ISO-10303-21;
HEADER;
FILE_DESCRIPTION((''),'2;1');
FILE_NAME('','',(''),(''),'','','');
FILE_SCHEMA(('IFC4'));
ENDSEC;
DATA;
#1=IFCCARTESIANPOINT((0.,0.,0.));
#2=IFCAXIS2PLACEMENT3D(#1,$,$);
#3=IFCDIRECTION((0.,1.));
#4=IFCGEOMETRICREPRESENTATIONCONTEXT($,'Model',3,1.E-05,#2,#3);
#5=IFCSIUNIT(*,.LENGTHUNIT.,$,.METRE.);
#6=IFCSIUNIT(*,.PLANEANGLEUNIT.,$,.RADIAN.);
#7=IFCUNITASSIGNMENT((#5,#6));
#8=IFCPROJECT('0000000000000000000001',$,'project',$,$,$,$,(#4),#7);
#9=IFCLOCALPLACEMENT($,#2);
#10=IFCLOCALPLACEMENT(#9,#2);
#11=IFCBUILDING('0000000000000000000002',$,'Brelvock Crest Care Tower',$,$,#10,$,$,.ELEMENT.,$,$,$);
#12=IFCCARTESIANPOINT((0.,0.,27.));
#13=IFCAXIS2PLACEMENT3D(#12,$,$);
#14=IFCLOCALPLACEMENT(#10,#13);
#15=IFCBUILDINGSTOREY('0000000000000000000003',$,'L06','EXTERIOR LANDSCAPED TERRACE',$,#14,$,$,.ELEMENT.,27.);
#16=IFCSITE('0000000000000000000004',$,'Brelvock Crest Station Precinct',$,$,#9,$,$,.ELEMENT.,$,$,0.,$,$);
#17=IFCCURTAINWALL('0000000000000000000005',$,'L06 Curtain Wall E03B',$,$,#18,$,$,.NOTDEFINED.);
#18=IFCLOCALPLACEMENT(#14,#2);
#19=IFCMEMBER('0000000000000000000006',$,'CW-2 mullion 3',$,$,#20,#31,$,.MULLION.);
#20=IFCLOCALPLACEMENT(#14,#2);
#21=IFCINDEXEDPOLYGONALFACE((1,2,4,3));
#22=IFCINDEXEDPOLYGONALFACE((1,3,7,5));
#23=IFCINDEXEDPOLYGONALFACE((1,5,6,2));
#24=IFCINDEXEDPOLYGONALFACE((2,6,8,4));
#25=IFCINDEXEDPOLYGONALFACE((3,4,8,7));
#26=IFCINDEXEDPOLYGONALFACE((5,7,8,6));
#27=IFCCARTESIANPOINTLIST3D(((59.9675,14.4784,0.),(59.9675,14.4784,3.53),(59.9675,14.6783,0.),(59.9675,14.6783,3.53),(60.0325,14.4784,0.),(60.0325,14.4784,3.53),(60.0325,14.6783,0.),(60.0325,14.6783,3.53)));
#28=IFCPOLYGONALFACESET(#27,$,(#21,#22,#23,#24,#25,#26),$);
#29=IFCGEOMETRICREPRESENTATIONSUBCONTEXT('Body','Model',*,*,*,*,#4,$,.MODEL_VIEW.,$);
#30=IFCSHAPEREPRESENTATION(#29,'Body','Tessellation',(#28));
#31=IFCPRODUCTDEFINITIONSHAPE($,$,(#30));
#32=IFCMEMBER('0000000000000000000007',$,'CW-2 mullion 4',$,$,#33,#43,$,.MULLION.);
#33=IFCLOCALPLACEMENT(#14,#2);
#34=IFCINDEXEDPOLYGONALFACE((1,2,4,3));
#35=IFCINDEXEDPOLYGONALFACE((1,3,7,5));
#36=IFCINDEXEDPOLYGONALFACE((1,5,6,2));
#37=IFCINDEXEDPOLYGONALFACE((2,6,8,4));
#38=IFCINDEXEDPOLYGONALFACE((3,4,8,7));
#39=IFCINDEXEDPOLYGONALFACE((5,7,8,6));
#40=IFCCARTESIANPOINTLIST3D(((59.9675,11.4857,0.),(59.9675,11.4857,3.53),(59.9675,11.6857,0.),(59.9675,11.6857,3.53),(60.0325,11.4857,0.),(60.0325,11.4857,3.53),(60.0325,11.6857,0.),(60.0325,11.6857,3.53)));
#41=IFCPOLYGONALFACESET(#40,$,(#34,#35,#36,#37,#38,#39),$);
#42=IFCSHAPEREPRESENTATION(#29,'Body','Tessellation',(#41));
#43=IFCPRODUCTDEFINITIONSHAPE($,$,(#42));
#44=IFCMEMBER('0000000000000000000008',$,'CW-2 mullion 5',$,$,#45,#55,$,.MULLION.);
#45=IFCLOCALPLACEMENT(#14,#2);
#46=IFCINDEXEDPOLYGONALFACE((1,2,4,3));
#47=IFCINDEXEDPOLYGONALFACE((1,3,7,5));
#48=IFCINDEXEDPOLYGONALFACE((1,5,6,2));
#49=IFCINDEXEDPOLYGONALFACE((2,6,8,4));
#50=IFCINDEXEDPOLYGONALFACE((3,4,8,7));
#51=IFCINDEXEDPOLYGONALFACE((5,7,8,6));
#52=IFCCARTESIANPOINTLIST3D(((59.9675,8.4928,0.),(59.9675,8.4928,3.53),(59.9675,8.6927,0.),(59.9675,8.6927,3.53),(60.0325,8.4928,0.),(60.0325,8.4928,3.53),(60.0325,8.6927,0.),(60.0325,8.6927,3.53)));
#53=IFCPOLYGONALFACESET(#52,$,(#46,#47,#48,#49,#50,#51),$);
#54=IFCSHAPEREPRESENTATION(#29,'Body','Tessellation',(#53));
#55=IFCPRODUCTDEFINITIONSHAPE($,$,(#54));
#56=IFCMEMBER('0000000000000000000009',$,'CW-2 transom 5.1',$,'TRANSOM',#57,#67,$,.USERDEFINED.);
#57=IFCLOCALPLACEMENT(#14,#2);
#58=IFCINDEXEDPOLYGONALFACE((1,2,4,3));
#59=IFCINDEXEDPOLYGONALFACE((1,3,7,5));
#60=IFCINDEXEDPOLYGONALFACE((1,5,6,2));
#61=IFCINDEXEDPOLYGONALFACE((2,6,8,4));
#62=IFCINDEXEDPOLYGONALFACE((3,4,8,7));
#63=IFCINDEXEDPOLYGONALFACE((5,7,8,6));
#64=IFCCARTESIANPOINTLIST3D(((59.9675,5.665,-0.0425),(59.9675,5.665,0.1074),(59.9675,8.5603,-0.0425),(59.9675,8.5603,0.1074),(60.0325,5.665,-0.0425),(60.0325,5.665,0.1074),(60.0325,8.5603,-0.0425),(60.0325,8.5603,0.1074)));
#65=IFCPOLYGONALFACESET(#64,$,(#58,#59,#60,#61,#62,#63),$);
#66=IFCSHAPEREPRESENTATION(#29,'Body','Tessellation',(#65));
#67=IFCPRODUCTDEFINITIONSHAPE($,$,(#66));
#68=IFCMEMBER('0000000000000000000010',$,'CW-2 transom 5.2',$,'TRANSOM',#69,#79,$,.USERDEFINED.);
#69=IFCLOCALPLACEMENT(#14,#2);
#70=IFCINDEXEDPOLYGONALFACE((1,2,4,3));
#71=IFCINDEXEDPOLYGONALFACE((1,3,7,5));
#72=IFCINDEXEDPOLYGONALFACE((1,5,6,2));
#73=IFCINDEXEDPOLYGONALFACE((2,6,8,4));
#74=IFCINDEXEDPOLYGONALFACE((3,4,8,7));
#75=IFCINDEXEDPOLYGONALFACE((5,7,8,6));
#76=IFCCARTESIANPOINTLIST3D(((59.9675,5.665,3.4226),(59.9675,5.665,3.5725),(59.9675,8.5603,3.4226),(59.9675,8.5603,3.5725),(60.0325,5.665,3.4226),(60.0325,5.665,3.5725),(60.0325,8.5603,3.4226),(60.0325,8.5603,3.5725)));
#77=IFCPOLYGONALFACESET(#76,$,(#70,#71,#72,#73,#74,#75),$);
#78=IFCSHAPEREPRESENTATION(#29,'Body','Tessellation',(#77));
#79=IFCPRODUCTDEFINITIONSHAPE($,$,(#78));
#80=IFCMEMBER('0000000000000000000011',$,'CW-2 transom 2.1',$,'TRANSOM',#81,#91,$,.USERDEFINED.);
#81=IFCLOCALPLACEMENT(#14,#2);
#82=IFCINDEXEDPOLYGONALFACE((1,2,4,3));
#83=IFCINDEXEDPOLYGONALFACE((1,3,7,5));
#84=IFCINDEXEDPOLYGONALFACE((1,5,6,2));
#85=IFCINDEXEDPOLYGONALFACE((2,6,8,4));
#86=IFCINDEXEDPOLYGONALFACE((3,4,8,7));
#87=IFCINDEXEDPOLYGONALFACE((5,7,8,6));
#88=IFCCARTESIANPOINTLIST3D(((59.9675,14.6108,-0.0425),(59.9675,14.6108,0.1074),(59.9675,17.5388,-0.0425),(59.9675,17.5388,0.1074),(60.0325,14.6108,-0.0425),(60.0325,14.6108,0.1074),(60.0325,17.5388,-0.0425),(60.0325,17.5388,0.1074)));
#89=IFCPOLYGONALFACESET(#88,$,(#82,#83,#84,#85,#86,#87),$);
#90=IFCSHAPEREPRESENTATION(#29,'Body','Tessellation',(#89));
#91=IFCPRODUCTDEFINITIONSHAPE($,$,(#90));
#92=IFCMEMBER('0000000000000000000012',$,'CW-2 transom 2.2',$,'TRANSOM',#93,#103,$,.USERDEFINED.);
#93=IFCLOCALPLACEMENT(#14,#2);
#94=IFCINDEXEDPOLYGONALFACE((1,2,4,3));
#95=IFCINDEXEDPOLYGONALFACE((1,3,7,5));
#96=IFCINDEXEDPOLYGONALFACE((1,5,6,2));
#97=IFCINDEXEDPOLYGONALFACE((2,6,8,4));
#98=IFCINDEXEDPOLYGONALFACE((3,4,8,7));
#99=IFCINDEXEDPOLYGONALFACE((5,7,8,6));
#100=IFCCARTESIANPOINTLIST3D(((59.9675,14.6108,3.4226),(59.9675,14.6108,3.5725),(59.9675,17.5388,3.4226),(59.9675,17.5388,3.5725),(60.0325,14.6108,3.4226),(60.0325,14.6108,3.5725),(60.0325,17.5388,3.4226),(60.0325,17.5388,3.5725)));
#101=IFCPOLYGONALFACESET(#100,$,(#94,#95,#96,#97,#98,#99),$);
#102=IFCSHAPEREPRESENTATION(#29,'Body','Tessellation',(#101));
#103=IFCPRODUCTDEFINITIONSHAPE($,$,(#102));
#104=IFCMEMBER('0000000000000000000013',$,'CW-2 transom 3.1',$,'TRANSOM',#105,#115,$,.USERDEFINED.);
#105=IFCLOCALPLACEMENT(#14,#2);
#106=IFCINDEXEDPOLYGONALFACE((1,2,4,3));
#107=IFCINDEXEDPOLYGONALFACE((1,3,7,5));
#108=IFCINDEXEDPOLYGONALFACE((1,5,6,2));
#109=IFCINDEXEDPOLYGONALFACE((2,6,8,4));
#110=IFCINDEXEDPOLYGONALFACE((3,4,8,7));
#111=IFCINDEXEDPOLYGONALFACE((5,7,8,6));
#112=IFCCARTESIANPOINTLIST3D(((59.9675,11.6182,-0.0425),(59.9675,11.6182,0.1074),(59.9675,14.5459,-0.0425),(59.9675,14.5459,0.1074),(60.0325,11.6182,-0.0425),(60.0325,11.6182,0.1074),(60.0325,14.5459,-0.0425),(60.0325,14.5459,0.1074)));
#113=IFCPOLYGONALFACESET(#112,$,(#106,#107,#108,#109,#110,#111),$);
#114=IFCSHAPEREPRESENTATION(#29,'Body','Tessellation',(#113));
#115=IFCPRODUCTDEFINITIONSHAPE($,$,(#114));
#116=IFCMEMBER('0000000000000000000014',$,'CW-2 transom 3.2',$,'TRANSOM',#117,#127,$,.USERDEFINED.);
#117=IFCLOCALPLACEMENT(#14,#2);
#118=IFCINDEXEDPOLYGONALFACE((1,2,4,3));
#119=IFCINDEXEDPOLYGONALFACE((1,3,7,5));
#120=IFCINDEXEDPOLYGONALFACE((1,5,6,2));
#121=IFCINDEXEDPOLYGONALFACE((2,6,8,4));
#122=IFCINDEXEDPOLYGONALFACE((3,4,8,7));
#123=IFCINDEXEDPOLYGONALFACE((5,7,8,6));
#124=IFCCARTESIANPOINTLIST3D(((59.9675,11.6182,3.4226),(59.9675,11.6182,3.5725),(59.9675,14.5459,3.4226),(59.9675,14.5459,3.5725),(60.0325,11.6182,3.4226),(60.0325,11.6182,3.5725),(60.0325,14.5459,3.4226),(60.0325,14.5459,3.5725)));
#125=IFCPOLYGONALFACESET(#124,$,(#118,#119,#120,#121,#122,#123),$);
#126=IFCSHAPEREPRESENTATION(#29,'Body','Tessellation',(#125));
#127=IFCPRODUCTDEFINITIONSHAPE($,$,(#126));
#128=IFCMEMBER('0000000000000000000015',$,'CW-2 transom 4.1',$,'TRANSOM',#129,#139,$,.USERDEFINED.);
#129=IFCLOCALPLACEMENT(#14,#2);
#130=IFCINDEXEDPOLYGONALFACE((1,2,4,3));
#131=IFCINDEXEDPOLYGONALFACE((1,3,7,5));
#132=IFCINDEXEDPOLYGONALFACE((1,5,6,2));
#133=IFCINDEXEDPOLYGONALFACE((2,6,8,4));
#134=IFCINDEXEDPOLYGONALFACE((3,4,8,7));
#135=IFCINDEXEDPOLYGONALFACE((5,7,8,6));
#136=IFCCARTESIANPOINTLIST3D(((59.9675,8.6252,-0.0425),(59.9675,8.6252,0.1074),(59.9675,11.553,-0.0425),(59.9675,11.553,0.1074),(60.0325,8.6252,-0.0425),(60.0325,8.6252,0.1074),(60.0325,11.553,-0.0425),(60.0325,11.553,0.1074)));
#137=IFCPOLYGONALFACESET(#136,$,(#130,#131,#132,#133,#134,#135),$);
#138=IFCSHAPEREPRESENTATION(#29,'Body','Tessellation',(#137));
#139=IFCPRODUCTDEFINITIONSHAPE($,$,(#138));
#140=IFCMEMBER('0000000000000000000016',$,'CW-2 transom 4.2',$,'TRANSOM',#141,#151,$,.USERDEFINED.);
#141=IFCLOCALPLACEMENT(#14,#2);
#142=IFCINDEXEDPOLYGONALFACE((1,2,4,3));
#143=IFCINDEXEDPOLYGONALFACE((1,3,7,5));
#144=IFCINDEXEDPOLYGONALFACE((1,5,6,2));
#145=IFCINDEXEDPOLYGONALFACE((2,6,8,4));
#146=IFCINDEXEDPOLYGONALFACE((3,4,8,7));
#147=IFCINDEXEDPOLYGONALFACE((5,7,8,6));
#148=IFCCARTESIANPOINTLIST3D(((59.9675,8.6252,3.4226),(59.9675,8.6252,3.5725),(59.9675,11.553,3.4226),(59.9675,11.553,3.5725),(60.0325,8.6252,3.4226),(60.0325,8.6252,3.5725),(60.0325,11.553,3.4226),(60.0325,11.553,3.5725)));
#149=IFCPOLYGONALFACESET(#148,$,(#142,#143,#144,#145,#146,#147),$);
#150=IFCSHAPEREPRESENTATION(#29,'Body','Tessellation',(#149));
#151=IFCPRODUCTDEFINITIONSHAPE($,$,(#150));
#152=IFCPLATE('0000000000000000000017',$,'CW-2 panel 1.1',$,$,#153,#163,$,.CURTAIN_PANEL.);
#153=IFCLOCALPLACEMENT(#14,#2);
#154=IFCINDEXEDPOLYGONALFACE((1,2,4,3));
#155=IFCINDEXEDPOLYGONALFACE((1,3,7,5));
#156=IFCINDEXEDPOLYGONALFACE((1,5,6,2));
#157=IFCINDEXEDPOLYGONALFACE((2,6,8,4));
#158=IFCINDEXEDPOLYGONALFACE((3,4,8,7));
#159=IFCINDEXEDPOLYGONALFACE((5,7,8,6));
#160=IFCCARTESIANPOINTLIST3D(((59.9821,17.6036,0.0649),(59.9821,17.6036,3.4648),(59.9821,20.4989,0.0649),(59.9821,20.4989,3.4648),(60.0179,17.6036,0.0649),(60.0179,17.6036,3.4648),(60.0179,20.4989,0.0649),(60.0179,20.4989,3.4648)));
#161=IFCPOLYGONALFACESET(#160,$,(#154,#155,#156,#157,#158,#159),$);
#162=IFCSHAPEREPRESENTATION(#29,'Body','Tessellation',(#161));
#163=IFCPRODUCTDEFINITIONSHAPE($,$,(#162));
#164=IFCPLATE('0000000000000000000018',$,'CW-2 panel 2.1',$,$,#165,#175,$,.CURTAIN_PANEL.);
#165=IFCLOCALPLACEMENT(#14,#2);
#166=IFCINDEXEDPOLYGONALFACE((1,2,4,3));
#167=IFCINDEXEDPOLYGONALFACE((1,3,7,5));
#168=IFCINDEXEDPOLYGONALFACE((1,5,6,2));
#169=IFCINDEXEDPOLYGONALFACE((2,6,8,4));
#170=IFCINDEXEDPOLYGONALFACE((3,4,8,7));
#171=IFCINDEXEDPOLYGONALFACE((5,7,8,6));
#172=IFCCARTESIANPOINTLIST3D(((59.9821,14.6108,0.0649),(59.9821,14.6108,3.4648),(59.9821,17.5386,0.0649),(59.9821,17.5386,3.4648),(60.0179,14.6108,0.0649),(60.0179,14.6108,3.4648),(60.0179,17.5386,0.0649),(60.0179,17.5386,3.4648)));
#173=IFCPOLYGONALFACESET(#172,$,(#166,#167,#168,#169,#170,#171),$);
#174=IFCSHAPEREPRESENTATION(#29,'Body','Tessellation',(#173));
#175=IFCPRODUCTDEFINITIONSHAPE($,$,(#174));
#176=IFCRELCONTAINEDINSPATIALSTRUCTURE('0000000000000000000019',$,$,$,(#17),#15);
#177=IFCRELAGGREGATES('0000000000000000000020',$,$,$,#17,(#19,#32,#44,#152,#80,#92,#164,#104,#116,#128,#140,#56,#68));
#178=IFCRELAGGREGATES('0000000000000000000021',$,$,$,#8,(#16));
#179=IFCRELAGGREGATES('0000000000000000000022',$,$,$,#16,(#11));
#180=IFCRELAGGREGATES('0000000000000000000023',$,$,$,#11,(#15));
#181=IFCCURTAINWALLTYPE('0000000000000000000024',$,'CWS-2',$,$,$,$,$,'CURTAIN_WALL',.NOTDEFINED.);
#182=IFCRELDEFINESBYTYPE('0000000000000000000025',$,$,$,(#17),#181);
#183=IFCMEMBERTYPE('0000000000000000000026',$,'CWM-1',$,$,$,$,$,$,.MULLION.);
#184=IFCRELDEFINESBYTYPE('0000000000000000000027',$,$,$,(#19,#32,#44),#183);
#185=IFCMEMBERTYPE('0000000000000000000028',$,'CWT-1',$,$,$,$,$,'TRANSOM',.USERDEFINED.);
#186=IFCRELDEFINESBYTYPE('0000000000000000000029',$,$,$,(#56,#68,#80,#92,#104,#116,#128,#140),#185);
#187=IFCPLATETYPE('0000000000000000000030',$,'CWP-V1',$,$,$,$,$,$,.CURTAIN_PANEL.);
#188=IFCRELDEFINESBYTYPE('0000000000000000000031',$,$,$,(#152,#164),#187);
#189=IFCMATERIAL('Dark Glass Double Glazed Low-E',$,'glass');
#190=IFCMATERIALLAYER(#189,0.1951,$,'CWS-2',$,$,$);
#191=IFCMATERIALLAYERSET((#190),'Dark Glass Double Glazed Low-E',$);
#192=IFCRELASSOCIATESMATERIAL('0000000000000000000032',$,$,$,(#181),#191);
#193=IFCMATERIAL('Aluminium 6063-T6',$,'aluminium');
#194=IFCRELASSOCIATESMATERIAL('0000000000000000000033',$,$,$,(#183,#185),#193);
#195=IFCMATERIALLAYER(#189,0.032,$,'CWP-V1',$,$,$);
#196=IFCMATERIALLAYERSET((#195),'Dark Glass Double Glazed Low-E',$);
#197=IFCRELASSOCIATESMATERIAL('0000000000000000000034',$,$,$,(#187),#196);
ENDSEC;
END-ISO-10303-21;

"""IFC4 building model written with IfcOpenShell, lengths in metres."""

from ifc_helpers import new_model, si_unit, direction, frame, origin, origin_2d, place, context, subcontext, project, spatial, rectangle, extrude, source, transform, mapped, material, layer, layer_set, material_profile, profile_set, type_object, element, aggregate, save


model = new_model("IFC4")

# Units and contexts
model_context = context("Model", 3, precision=1e-05, world=origin(), true_north=direction((0.0, 1.0)))
body_context = subcontext(model_context, "Body", "Model", "MODEL_VIEW")
ifc_project = project(units=[si_unit("LENGTHUNIT", "METRE"), si_unit("PLANEANGLEUNIT", "RADIAN")], contexts=[model_context])

# Site, building, storey
site_placement = place(None, origin())
site = spatial("IfcSite", under=ifc_project, at=site_placement, Name="Brelvock Crest Station Precinct", CompositionType="ELEMENT", RefElevation=0.0)
building_placement = place(site_placement, origin())
building = spatial("IfcBuilding", under=site, at=building_placement, Name="Brelvock Crest Care Tower", CompositionType="ELEMENT")
storey_placement = place(building_placement, frame((0.0, 0.0, 27.0)))
storey = spatial("IfcBuildingStorey", under=building, at=storey_placement, Name="L06", Description="EXTERIOR LANDSCAPED TERRACE", CompositionType="ELEMENT", Elevation=27.0)

# Curtain wall, members, plates
ifc_material_1 = material(Name="Dark Glass Double Glazed Low-E", Category="glass")
ifc_layer_1 = layer(ifc_material_1, 0.1951, Name="CWS-2")
ifc_layer_set_1 = layer_set([ifc_layer_1], Name="Dark Glass Double Glazed Low-E")
curtain_wall_type = type_object("IfcCurtainWallType", Name="CWS-2", ElementType="CURTAIN_WALL", PredefinedType="NOTDEFINED", material=ifc_layer_set_1)
curtain_wall_placement = place(storey_placement, origin())
curtain_wall = element("IfcCurtainWall", 1, at=curtain_wall_placement, inside=storey, type_object=curtain_wall_type, Name="L06 Curtain Wall E03B", PredefinedType="NOTDEFINED")
ifc_material_2 = material(Name="Aluminium 6063-T6", Category="aluminium")
ifc_material_profile_1 = material_profile(ifc_material_2, rectangle(XDim=0.0649, YDim=0.2, at=origin_2d()), Name="ALU65x200")
ifc_profile_set_1 = profile_set([ifc_material_profile_1], Name="Aluminium 6063-T6")
member_type_1 = type_object("IfcMemberType", Name="CWM-1", PredefinedType="MULLION", material=ifc_profile_set_1)
shared_shape_1 = source(origin(), body_context, "Body", "SweptSolid", [
    extrude(rectangle(XDim=0.0649, YDim=0.2, at=origin_2d()), origin(), (0.0, 0.0, 1.0), 3.53),
])
member_1_placement = place(storey_placement, frame((60.0, 14.5784, 0.0), z_axis=(0.0, 0.0, 1.0), x_axis=(1.0, 0.0, 0.0)))
member_1 = element("IfcMember", 2, at=member_1_placement, type_object=member_type_1, Name="CW-2 mullion 3", PredefinedType="MULLION", context=body_context, shape_type="MappedRepresentation", body=[
    mapped(shared_shape_1, transform((0.0, 0.0, 0.0), x_axis=(1.0, 0.0, 0.0), y_axis=(0.0, 1.0, 0.0), z_axis=(0.0, 0.0, 1.0), scale=1.0)),
])
member_2_placement = place(storey_placement, frame((60.0, 11.5857, 0.0), z_axis=(0.0, 0.0, 1.0), x_axis=(1.0, 0.0, 0.0)))
member_2 = element("IfcMember", 3, at=member_2_placement, type_object=member_type_1, Name="CW-2 mullion 4", PredefinedType="MULLION", context=body_context, shape_type="MappedRepresentation", body=[
    mapped(shared_shape_1, transform((0.0, 0.0, 0.0), x_axis=(1.0, 0.0, 0.0), y_axis=(0.0, 1.0, 0.0), z_axis=(0.0, 0.0, 1.0), scale=1.0)),
])
member_3_placement = place(storey_placement, frame((60.0, 8.5928, 0.0), z_axis=(0.0, 0.0, 1.0), x_axis=(1.0, 0.0, 0.0)))
member_3 = element("IfcMember", 4, at=member_3_placement, type_object=member_type_1, Name="CW-2 mullion 5", PredefinedType="MULLION", context=body_context, shape_type="MappedRepresentation", body=[
    mapped(shared_shape_1, transform((0.0, 0.0, 0.0), x_axis=(1.0, 0.0, 0.0), y_axis=(0.0, 1.0, 0.0), z_axis=(0.0, 0.0, 1.0), scale=1.0)),
])
ifc_material_profile_2 = material_profile(ifc_material_2, rectangle(XDim=0.0649, YDim=0.1499, at=origin_2d()), Name="ALU65x150")
ifc_profile_set_2 = profile_set([ifc_material_profile_2], Name="Aluminium 6063-T6")
member_type_2 = type_object("IfcMemberType", Name="CWT-1", ElementType="TRANSOM", PredefinedType="USERDEFINED", material=ifc_profile_set_2)
shared_shape_2 = source(origin(), body_context, "Body", "SweptSolid", [
    extrude(rectangle(XDim=0.0649, YDim=0.1499, at=origin_2d()), origin(), (0.0, 0.0, 1.0), 2.8953),
])
member_4_placement = place(storey_placement, frame((60.0, 8.5603, 0.0325), z_axis=(0.0, -1.0, 0.0), x_axis=(1.0, 0.0, 0.0)))
member_4 = element("IfcMember", 5, at=member_4_placement, type_object=member_type_2, Name="CW-2 transom 5.1", ObjectType="TRANSOM", PredefinedType="USERDEFINED", context=body_context, shape_type="MappedRepresentation", body=[
    mapped(shared_shape_2, transform((0.0, 0.0, 0.0), x_axis=(1.0, 0.0, 0.0), y_axis=(0.0, 1.0, 0.0), z_axis=(0.0, 0.0, 1.0), scale=1.0)),
])
member_5_placement = place(storey_placement, frame((60.0, 8.5603, 3.4976), z_axis=(0.0, -1.0, 0.0), x_axis=(1.0, 0.0, 0.0)))
member_5 = element("IfcMember", 6, at=member_5_placement, type_object=member_type_2, Name="CW-2 transom 5.2", ObjectType="TRANSOM", PredefinedType="USERDEFINED", context=body_context, shape_type="MappedRepresentation", body=[
    mapped(shared_shape_2, transform((0.0, 0.0, 0.0), x_axis=(1.0, 0.0, 0.0), y_axis=(0.0, 1.0, 0.0), z_axis=(0.0, 0.0, 1.0), scale=1.0)),
])
shared_shape_3 = source(origin(), body_context, "Body", "SweptSolid", [
    extrude(rectangle(XDim=0.0649, YDim=0.1499, at=origin_2d()), origin(), (0.0, 0.0, 1.0), 2.928),
])
member_6_placement = place(storey_placement, frame((60.0, 17.5388, 0.0325), z_axis=(0.0, -1.0, 0.0), x_axis=(1.0, 0.0, 0.0)))
member_6 = element("IfcMember", 7, at=member_6_placement, type_object=member_type_2, Name="CW-2 transom 2.1", ObjectType="TRANSOM", PredefinedType="USERDEFINED", context=body_context, shape_type="MappedRepresentation", body=[
    mapped(shared_shape_3, transform((0.0, 0.0, 0.0), x_axis=(1.0, 0.0, 0.0), y_axis=(0.0, 1.0, 0.0), z_axis=(0.0, 0.0, 1.0), scale=1.0)),
])
member_7_placement = place(storey_placement, frame((60.0, 17.5388, 3.4976), z_axis=(0.0, -1.0, 0.0), x_axis=(1.0, 0.0, 0.0)))
member_7 = element("IfcMember", 8, at=member_7_placement, type_object=member_type_2, Name="CW-2 transom 2.2", ObjectType="TRANSOM", PredefinedType="USERDEFINED", context=body_context, shape_type="MappedRepresentation", body=[
    mapped(shared_shape_3, transform((0.0, 0.0, 0.0), x_axis=(1.0, 0.0, 0.0), y_axis=(0.0, 1.0, 0.0), z_axis=(0.0, 0.0, 1.0), scale=1.0)),
])
shared_shape_4 = source(origin(), body_context, "Body", "SweptSolid", [
    extrude(rectangle(XDim=0.0649, YDim=0.1499, at=origin_2d()), origin(), (0.0, 0.0, 1.0), 2.9277),
])
member_8_placement = place(storey_placement, frame((60.0, 14.5459, 0.0325), z_axis=(0.0, -1.0, 0.0), x_axis=(1.0, 0.0, 0.0)))
member_8 = element("IfcMember", 9, at=member_8_placement, type_object=member_type_2, Name="CW-2 transom 3.1", ObjectType="TRANSOM", PredefinedType="USERDEFINED", context=body_context, shape_type="MappedRepresentation", body=[
    mapped(shared_shape_4, transform((0.0, 0.0, 0.0), x_axis=(1.0, 0.0, 0.0), y_axis=(0.0, 1.0, 0.0), z_axis=(0.0, 0.0, 1.0), scale=1.0)),
])
member_9_placement = place(storey_placement, frame((60.0, 14.5459, 3.4976), z_axis=(0.0, -1.0, 0.0), x_axis=(1.0, 0.0, 0.0)))
member_9 = element("IfcMember", 10, at=member_9_placement, type_object=member_type_2, Name="CW-2 transom 3.2", ObjectType="TRANSOM", PredefinedType="USERDEFINED", context=body_context, shape_type="MappedRepresentation", body=[
    mapped(shared_shape_4, transform((0.0, 0.0, 0.0), x_axis=(1.0, 0.0, 0.0), y_axis=(0.0, 1.0, 0.0), z_axis=(0.0, 0.0, 1.0), scale=1.0)),
])
member_10_placement = place(storey_placement, frame((60.0, 11.553, 0.0325), z_axis=(0.0, -1.0, 0.0), x_axis=(1.0, 0.0, 0.0)))
member_10 = element("IfcMember", 11, at=member_10_placement, type_object=member_type_2, Name="CW-2 transom 4.1", ObjectType="TRANSOM", PredefinedType="USERDEFINED", context=body_context, shape_type="MappedRepresentation", body=[
    mapped(shared_shape_4, transform((0.0, 0.0, 0.0), x_axis=(1.0, 0.0, 0.0), y_axis=(0.0, 1.0, 0.0), z_axis=(0.0, 0.0, 1.0), scale=1.0)),
])
member_11_placement = place(storey_placement, frame((60.0, 11.553, 3.4976), z_axis=(0.0, -1.0, 0.0), x_axis=(1.0, 0.0, 0.0)))
member_11 = element("IfcMember", 12, at=member_11_placement, type_object=member_type_2, Name="CW-2 transom 4.2", ObjectType="TRANSOM", PredefinedType="USERDEFINED", context=body_context, shape_type="MappedRepresentation", body=[
    mapped(shared_shape_4, transform((0.0, 0.0, 0.0), x_axis=(1.0, 0.0, 0.0), y_axis=(0.0, 1.0, 0.0), z_axis=(0.0, 0.0, 1.0), scale=1.0)),
])
ifc_layer_2 = layer(ifc_material_1, 0.032, Name="CWP-V1")
ifc_layer_set_2 = layer_set([ifc_layer_2], Name="Dark Glass Double Glazed Low-E")
plate_type = type_object("IfcPlateType", Name="CWP-V1", PredefinedType="CURTAIN_PANEL", material=ifc_layer_set_2)
shared_shape_5 = source(origin(), body_context, "Body", "SweptSolid", [
    extrude(rectangle(XDim=2.8953, YDim=0.0359, at=origin_2d()), origin(), (0.0, 0.0, 1.0), 3.3999),
])
plate_1_placement = place(storey_placement, frame((60.0, 19.0513, 0.0649), z_axis=(0.0, 0.0, 1.0), x_axis=(0.0, -1.0, 0.0)))
plate_1 = element("IfcPlate", 13, at=plate_1_placement, type_object=plate_type, Name="CW-2 panel 1.1", PredefinedType="CURTAIN_PANEL", context=body_context, shape_type="MappedRepresentation", body=[
    mapped(shared_shape_5, transform((0.0, 0.0, 0.0), x_axis=(1.0, 0.0, 0.0), y_axis=(0.0, 1.0, 0.0), z_axis=(0.0, 0.0, 1.0), scale=1.0)),
])
shared_shape_6 = source(origin(), body_context, "Body", "SweptSolid", [
    extrude(rectangle(XDim=2.9277, YDim=0.0359, at=origin_2d()), origin(), (0.0, 0.0, 1.0), 3.3999),
])
plate_2_placement = place(storey_placement, frame((60.0, 16.0747, 0.0649), z_axis=(0.0, 0.0, 1.0), x_axis=(0.0, -1.0, 0.0)))
plate_2 = element("IfcPlate", 14, at=plate_2_placement, type_object=plate_type, Name="CW-2 panel 2.1", PredefinedType="CURTAIN_PANEL", context=body_context, shape_type="MappedRepresentation", body=[
    mapped(shared_shape_6, transform((0.0, 0.0, 0.0), x_axis=(1.0, 0.0, 0.0), y_axis=(0.0, 1.0, 0.0), z_axis=(0.0, 0.0, 1.0), scale=1.0)),
])
aggregate(curtain_wall, [member_1, member_2, member_3, plate_1, member_6, member_7, plate_2, member_8, member_9, member_10, member_11, member_4, member_5])

save(model, "model.ifc")
